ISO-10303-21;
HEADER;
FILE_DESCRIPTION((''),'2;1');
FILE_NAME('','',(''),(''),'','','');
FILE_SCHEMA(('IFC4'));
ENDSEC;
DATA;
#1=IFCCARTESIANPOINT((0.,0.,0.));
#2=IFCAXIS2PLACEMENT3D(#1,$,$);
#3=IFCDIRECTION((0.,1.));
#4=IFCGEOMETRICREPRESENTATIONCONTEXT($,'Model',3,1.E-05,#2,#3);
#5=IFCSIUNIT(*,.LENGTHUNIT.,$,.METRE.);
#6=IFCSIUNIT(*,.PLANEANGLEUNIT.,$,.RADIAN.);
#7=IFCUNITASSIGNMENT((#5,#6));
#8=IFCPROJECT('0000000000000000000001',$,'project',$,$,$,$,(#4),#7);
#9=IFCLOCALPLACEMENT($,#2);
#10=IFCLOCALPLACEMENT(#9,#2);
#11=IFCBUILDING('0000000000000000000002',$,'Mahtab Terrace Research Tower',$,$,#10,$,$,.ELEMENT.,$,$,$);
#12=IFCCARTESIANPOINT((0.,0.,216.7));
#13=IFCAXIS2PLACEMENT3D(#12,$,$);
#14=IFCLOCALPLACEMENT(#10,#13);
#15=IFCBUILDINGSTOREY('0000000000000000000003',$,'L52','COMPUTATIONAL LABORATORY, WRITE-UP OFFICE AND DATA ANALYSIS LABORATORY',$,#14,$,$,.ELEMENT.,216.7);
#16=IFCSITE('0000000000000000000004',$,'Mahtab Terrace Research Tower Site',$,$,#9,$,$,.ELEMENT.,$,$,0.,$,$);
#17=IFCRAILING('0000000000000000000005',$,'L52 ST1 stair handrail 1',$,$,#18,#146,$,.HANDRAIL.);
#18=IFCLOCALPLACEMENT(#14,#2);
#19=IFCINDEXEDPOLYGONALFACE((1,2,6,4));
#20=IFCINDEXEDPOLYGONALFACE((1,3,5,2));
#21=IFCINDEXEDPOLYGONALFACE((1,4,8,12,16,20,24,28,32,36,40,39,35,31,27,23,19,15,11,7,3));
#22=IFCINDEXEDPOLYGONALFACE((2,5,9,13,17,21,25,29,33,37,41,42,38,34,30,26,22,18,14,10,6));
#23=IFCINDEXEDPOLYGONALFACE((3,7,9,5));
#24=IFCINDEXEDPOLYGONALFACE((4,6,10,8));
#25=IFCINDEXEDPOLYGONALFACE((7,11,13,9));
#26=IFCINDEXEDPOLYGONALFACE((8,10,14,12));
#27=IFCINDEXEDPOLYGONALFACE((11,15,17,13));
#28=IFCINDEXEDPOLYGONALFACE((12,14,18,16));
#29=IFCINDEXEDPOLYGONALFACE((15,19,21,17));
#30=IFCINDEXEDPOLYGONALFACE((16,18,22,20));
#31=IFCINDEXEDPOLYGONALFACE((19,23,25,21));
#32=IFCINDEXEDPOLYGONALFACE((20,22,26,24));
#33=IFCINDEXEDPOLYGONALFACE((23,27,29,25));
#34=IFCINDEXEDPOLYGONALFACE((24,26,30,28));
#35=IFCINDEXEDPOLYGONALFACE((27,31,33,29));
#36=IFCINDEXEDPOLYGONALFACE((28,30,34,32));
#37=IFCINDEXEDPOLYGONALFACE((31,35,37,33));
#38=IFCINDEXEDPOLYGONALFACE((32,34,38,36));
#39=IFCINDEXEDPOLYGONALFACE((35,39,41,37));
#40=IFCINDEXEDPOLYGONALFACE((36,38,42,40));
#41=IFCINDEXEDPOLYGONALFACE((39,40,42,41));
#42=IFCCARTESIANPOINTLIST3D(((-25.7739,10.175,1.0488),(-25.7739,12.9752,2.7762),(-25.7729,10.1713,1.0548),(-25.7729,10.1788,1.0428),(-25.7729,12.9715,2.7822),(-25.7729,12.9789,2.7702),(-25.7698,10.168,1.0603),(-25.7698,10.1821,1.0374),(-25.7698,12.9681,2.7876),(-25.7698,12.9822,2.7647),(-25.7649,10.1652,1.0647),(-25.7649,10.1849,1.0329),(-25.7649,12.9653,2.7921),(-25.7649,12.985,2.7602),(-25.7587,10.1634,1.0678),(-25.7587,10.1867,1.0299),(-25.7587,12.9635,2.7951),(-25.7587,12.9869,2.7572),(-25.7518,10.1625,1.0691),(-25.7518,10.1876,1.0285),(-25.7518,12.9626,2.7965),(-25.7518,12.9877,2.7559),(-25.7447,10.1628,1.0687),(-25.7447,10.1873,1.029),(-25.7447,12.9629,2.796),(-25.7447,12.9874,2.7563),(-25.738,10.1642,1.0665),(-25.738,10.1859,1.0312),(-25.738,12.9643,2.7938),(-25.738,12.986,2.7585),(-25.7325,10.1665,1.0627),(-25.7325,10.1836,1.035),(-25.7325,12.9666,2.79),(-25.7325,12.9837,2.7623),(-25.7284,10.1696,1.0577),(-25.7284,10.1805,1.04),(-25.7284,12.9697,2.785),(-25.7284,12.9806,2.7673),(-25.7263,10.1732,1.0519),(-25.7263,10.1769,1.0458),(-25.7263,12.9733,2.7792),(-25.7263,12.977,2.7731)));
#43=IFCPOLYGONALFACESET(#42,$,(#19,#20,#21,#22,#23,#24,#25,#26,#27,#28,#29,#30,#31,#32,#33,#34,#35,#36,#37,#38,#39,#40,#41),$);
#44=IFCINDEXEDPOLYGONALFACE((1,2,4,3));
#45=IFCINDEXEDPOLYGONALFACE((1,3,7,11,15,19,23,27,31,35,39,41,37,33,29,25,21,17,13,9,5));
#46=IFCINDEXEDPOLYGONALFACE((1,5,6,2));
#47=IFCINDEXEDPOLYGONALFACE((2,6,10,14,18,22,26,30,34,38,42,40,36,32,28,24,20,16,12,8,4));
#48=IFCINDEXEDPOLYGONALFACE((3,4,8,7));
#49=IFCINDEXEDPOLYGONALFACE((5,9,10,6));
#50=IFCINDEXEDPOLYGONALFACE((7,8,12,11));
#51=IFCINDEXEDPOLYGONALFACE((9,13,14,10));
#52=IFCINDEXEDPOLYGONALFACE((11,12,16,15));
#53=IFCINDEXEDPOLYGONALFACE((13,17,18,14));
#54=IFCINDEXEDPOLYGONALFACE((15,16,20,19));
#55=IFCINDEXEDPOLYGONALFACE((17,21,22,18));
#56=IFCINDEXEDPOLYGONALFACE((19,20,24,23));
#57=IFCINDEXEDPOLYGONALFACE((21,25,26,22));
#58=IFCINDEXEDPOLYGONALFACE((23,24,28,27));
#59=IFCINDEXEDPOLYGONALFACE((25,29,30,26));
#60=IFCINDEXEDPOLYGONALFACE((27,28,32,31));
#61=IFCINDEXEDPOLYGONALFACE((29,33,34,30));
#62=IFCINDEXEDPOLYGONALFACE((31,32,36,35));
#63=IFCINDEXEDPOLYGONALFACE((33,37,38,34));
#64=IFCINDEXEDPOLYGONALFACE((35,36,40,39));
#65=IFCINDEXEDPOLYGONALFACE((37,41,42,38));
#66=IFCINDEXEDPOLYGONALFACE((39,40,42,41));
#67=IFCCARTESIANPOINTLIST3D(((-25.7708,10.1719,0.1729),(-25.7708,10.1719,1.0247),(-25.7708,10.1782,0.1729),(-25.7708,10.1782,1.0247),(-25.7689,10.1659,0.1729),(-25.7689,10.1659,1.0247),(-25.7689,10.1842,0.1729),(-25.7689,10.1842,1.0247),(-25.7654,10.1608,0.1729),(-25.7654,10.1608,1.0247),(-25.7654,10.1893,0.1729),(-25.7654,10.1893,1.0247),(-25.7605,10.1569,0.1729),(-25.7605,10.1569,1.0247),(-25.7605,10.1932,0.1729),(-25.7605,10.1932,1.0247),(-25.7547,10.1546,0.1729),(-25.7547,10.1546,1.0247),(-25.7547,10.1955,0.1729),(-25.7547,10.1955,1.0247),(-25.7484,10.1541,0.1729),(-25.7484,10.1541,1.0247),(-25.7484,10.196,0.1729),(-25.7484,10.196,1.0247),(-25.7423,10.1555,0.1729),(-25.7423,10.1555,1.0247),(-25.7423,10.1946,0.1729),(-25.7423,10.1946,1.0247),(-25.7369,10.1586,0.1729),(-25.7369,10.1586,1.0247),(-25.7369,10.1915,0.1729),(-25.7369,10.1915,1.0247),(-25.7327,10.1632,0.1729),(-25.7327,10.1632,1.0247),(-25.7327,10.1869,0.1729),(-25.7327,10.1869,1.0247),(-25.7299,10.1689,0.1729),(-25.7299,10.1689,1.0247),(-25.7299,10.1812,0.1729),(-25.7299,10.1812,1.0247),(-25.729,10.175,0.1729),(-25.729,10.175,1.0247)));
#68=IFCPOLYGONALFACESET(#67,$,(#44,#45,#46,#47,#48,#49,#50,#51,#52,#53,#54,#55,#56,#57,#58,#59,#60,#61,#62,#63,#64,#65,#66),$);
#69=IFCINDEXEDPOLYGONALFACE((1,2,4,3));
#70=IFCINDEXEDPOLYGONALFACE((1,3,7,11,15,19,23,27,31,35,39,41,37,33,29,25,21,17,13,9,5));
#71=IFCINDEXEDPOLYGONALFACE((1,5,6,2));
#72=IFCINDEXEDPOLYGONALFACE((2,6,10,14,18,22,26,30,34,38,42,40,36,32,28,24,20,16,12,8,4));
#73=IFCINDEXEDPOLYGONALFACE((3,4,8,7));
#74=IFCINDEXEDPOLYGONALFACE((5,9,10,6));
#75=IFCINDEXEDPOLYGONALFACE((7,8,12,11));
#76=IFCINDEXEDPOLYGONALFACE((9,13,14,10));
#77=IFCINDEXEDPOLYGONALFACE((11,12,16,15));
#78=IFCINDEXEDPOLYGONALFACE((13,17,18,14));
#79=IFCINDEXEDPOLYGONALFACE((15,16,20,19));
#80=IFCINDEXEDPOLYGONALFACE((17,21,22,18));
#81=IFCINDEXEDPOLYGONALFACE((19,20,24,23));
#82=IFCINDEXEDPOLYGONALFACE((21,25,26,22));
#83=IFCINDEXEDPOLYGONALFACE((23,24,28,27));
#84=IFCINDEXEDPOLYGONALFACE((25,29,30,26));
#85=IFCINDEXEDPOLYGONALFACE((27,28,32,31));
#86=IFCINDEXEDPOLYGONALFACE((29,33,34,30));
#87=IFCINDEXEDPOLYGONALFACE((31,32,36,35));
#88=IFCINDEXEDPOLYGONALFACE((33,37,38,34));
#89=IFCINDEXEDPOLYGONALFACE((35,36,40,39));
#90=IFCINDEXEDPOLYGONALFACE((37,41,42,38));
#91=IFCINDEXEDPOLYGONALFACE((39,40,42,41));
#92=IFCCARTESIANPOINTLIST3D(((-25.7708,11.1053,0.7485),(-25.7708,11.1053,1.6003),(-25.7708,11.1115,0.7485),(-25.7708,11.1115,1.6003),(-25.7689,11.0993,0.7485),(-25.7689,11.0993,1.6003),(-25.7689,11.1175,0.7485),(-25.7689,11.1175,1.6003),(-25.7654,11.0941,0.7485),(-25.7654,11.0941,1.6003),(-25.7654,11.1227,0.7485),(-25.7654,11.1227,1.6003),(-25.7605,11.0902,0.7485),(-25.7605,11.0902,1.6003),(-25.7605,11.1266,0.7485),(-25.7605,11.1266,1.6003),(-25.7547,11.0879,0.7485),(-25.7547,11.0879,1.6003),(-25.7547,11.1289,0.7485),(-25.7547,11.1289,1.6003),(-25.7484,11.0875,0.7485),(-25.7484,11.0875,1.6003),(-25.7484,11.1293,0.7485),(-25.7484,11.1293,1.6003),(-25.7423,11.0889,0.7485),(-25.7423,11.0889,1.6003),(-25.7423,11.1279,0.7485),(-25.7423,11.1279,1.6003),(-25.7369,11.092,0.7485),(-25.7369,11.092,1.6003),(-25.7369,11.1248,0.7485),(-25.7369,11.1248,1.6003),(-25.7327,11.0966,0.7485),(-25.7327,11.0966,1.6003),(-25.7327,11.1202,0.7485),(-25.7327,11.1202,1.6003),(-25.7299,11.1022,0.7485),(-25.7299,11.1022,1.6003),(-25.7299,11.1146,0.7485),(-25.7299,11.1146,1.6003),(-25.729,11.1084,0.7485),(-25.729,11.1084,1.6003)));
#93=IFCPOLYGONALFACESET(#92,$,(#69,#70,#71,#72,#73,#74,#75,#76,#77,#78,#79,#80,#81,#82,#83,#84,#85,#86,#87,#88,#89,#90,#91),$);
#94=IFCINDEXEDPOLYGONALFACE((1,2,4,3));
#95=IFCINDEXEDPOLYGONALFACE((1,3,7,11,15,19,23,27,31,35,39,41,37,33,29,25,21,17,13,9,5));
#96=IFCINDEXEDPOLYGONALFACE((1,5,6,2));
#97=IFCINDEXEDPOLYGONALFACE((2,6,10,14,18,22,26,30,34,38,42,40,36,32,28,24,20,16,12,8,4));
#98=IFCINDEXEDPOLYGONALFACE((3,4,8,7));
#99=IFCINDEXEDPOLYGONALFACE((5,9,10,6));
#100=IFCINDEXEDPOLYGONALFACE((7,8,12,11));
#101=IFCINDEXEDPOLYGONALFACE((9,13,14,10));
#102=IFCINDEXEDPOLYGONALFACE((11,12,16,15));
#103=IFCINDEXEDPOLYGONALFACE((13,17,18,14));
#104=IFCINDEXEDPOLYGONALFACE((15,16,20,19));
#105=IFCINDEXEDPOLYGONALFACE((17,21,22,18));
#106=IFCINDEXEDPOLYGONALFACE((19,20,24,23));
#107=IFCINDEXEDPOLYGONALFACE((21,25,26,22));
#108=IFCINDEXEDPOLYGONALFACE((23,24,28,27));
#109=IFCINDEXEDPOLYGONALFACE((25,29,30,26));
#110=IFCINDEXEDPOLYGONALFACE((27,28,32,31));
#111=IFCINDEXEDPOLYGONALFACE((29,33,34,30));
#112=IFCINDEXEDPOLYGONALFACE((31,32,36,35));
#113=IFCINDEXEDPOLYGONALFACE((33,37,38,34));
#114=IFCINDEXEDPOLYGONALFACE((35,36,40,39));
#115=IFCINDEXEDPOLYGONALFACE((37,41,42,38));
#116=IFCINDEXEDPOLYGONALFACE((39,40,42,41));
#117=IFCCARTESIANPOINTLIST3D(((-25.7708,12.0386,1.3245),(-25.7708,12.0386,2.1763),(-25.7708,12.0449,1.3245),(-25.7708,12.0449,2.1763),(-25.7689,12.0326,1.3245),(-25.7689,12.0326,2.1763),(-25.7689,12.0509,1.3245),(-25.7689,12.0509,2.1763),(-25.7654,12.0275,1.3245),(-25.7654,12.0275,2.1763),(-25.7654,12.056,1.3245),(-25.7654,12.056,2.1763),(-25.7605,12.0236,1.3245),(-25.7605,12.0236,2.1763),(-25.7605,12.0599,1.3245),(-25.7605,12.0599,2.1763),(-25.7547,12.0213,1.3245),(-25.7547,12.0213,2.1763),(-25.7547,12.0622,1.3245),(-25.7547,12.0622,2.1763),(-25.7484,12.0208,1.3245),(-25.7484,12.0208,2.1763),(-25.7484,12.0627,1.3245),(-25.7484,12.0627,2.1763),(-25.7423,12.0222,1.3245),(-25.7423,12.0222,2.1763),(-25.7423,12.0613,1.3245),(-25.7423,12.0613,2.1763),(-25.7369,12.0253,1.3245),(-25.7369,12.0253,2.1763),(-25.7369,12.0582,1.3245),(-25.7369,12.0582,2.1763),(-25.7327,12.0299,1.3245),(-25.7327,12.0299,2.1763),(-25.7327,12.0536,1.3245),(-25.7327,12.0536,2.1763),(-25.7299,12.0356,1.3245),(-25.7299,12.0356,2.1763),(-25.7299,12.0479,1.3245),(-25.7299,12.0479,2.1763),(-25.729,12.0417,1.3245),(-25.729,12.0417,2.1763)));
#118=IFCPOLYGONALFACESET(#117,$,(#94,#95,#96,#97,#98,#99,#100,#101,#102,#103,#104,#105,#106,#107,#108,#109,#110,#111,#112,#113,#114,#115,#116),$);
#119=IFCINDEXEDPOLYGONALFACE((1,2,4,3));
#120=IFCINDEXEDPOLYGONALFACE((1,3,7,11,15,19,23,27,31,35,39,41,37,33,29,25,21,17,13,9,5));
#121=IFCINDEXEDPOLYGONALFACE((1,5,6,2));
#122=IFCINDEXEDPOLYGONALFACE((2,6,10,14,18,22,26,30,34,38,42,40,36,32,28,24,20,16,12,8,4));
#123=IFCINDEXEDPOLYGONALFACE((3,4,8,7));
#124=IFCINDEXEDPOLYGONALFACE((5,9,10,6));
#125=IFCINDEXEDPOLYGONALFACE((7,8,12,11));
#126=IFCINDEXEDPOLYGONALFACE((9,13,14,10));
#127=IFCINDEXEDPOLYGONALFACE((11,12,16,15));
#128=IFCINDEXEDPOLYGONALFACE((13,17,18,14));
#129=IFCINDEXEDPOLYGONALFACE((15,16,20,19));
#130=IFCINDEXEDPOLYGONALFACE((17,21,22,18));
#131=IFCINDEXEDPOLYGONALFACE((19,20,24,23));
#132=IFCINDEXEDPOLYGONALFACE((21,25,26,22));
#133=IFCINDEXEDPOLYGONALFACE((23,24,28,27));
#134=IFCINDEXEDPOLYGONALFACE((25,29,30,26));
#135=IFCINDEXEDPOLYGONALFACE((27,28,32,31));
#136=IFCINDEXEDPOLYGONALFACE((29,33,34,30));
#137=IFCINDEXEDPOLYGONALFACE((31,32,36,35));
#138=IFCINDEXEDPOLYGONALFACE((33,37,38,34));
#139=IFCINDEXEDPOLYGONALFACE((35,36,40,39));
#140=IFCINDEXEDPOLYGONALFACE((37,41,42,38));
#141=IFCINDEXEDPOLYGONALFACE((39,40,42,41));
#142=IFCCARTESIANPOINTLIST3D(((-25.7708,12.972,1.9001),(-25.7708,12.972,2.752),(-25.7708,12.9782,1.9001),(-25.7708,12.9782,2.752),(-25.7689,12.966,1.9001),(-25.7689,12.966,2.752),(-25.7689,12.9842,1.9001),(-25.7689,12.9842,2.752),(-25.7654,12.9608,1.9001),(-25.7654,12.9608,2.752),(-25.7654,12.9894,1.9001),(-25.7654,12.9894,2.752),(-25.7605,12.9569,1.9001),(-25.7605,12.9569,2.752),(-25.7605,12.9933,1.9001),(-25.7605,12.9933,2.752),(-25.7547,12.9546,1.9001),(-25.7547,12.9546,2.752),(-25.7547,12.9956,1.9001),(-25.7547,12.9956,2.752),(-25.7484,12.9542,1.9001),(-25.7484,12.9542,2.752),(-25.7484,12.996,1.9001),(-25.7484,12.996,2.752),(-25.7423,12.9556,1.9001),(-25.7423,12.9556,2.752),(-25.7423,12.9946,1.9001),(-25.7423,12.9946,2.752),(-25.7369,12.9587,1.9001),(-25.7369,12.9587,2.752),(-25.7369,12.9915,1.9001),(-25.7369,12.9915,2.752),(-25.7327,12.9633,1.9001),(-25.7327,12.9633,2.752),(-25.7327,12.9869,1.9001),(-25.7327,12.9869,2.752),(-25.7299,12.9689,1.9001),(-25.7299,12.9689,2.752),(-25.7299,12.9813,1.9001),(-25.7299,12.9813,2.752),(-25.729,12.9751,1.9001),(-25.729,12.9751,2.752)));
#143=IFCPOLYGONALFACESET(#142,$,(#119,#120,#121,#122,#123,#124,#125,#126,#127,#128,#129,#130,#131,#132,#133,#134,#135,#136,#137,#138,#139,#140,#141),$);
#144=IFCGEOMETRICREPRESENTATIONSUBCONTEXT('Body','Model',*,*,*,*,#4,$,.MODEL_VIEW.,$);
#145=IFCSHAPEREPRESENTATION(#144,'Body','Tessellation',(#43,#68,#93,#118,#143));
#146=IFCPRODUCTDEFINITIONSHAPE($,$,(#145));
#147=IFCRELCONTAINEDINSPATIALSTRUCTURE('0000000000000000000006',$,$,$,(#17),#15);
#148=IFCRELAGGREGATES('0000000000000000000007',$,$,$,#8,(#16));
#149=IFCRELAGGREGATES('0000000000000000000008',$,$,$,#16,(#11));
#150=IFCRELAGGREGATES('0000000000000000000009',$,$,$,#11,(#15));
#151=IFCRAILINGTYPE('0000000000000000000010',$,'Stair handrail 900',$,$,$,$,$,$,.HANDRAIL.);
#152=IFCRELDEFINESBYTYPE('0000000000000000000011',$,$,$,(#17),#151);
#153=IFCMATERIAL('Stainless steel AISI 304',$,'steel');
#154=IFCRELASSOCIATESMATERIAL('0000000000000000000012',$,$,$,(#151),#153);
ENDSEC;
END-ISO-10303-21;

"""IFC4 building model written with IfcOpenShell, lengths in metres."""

from ifc_helpers import new_model, si_unit, direction, frame, origin, origin_2d, place, context, subcontext, project, spatial, circle, extrude, material, type_object, element, save


model = new_model("IFC4")

# Units and contexts
model_context = context("Model", 3, precision=1e-05, world=origin(), true_north=direction((0.0, 1.0)))
body_context = subcontext(model_context, "Body", "Model", "MODEL_VIEW")
ifc_project = project(units=[si_unit("LENGTHUNIT", "METRE"), si_unit("PLANEANGLEUNIT", "RADIAN")], contexts=[model_context])

# Site, building, storey
site_placement = place(None, origin())
site = spatial("IfcSite", under=ifc_project, at=site_placement, Name="Mahtab Terrace Research Tower Site", CompositionType="ELEMENT", RefElevation=0.0)
building_placement = place(site_placement, origin())
building = spatial("IfcBuilding", under=site, at=building_placement, Name="Mahtab Terrace Research Tower", CompositionType="ELEMENT")
storey_placement = place(building_placement, frame((0.0, 0.0, 216.7)))
storey = spatial("IfcBuildingStorey", under=building, at=storey_placement, Name="L52", Description="COMPUTATIONAL LABORATORY, WRITE-UP OFFICE AND DATA ANALYSIS LABORATORY", CompositionType="ELEMENT", Elevation=216.7)

# Railing
ifc_material_1 = material(Name="Stainless steel AISI 304", Category="steel")
railing_type_1 = type_object("IfcRailingType", Name="Stair handrail 900", PredefinedType="HANDRAIL", material=ifc_material_1)
railing_1_placement = place(storey_placement, frame((-25.75, 10.175, 0.1729)))
element("IfcRailing", 1, at=railing_1_placement, inside=storey, type_object=railing_type_1, Name="L52 ST1 stair handrail 1", PredefinedType="HANDRAIL", context=body_context, shape_type="SweptSolid", body=[
    extrude(circle(Radius=0.0239, at=origin_2d()), frame((0.0, 0.0, 0.876), z_axis=(0.0, 0.85109, 0.52502), x_axis=(-1.0, 0.0, 0.0)), (0.0, 0.0, 1.0), 3.29),
    extrude(circle(Radius=0.021, at=origin_2d()), origin(), (0.0, 0.0, 1.0), 0.8518),
    extrude(circle(Radius=0.021, at=origin_2d()), frame((0.0, 0.9333, 0.5757)), (0.0, 0.0, 1.0), 0.8518),
    extrude(circle(Radius=0.021, at=origin_2d()), frame((0.0, 1.8667, 1.1516)), (0.0, 0.0, 1.0), 0.8518),
    extrude(circle(Radius=0.021, at=origin_2d()), frame((0.0, 2.8, 1.7273)), (0.0, 0.0, 1.0), 0.8518),
])

save(model, "model.ifc")
